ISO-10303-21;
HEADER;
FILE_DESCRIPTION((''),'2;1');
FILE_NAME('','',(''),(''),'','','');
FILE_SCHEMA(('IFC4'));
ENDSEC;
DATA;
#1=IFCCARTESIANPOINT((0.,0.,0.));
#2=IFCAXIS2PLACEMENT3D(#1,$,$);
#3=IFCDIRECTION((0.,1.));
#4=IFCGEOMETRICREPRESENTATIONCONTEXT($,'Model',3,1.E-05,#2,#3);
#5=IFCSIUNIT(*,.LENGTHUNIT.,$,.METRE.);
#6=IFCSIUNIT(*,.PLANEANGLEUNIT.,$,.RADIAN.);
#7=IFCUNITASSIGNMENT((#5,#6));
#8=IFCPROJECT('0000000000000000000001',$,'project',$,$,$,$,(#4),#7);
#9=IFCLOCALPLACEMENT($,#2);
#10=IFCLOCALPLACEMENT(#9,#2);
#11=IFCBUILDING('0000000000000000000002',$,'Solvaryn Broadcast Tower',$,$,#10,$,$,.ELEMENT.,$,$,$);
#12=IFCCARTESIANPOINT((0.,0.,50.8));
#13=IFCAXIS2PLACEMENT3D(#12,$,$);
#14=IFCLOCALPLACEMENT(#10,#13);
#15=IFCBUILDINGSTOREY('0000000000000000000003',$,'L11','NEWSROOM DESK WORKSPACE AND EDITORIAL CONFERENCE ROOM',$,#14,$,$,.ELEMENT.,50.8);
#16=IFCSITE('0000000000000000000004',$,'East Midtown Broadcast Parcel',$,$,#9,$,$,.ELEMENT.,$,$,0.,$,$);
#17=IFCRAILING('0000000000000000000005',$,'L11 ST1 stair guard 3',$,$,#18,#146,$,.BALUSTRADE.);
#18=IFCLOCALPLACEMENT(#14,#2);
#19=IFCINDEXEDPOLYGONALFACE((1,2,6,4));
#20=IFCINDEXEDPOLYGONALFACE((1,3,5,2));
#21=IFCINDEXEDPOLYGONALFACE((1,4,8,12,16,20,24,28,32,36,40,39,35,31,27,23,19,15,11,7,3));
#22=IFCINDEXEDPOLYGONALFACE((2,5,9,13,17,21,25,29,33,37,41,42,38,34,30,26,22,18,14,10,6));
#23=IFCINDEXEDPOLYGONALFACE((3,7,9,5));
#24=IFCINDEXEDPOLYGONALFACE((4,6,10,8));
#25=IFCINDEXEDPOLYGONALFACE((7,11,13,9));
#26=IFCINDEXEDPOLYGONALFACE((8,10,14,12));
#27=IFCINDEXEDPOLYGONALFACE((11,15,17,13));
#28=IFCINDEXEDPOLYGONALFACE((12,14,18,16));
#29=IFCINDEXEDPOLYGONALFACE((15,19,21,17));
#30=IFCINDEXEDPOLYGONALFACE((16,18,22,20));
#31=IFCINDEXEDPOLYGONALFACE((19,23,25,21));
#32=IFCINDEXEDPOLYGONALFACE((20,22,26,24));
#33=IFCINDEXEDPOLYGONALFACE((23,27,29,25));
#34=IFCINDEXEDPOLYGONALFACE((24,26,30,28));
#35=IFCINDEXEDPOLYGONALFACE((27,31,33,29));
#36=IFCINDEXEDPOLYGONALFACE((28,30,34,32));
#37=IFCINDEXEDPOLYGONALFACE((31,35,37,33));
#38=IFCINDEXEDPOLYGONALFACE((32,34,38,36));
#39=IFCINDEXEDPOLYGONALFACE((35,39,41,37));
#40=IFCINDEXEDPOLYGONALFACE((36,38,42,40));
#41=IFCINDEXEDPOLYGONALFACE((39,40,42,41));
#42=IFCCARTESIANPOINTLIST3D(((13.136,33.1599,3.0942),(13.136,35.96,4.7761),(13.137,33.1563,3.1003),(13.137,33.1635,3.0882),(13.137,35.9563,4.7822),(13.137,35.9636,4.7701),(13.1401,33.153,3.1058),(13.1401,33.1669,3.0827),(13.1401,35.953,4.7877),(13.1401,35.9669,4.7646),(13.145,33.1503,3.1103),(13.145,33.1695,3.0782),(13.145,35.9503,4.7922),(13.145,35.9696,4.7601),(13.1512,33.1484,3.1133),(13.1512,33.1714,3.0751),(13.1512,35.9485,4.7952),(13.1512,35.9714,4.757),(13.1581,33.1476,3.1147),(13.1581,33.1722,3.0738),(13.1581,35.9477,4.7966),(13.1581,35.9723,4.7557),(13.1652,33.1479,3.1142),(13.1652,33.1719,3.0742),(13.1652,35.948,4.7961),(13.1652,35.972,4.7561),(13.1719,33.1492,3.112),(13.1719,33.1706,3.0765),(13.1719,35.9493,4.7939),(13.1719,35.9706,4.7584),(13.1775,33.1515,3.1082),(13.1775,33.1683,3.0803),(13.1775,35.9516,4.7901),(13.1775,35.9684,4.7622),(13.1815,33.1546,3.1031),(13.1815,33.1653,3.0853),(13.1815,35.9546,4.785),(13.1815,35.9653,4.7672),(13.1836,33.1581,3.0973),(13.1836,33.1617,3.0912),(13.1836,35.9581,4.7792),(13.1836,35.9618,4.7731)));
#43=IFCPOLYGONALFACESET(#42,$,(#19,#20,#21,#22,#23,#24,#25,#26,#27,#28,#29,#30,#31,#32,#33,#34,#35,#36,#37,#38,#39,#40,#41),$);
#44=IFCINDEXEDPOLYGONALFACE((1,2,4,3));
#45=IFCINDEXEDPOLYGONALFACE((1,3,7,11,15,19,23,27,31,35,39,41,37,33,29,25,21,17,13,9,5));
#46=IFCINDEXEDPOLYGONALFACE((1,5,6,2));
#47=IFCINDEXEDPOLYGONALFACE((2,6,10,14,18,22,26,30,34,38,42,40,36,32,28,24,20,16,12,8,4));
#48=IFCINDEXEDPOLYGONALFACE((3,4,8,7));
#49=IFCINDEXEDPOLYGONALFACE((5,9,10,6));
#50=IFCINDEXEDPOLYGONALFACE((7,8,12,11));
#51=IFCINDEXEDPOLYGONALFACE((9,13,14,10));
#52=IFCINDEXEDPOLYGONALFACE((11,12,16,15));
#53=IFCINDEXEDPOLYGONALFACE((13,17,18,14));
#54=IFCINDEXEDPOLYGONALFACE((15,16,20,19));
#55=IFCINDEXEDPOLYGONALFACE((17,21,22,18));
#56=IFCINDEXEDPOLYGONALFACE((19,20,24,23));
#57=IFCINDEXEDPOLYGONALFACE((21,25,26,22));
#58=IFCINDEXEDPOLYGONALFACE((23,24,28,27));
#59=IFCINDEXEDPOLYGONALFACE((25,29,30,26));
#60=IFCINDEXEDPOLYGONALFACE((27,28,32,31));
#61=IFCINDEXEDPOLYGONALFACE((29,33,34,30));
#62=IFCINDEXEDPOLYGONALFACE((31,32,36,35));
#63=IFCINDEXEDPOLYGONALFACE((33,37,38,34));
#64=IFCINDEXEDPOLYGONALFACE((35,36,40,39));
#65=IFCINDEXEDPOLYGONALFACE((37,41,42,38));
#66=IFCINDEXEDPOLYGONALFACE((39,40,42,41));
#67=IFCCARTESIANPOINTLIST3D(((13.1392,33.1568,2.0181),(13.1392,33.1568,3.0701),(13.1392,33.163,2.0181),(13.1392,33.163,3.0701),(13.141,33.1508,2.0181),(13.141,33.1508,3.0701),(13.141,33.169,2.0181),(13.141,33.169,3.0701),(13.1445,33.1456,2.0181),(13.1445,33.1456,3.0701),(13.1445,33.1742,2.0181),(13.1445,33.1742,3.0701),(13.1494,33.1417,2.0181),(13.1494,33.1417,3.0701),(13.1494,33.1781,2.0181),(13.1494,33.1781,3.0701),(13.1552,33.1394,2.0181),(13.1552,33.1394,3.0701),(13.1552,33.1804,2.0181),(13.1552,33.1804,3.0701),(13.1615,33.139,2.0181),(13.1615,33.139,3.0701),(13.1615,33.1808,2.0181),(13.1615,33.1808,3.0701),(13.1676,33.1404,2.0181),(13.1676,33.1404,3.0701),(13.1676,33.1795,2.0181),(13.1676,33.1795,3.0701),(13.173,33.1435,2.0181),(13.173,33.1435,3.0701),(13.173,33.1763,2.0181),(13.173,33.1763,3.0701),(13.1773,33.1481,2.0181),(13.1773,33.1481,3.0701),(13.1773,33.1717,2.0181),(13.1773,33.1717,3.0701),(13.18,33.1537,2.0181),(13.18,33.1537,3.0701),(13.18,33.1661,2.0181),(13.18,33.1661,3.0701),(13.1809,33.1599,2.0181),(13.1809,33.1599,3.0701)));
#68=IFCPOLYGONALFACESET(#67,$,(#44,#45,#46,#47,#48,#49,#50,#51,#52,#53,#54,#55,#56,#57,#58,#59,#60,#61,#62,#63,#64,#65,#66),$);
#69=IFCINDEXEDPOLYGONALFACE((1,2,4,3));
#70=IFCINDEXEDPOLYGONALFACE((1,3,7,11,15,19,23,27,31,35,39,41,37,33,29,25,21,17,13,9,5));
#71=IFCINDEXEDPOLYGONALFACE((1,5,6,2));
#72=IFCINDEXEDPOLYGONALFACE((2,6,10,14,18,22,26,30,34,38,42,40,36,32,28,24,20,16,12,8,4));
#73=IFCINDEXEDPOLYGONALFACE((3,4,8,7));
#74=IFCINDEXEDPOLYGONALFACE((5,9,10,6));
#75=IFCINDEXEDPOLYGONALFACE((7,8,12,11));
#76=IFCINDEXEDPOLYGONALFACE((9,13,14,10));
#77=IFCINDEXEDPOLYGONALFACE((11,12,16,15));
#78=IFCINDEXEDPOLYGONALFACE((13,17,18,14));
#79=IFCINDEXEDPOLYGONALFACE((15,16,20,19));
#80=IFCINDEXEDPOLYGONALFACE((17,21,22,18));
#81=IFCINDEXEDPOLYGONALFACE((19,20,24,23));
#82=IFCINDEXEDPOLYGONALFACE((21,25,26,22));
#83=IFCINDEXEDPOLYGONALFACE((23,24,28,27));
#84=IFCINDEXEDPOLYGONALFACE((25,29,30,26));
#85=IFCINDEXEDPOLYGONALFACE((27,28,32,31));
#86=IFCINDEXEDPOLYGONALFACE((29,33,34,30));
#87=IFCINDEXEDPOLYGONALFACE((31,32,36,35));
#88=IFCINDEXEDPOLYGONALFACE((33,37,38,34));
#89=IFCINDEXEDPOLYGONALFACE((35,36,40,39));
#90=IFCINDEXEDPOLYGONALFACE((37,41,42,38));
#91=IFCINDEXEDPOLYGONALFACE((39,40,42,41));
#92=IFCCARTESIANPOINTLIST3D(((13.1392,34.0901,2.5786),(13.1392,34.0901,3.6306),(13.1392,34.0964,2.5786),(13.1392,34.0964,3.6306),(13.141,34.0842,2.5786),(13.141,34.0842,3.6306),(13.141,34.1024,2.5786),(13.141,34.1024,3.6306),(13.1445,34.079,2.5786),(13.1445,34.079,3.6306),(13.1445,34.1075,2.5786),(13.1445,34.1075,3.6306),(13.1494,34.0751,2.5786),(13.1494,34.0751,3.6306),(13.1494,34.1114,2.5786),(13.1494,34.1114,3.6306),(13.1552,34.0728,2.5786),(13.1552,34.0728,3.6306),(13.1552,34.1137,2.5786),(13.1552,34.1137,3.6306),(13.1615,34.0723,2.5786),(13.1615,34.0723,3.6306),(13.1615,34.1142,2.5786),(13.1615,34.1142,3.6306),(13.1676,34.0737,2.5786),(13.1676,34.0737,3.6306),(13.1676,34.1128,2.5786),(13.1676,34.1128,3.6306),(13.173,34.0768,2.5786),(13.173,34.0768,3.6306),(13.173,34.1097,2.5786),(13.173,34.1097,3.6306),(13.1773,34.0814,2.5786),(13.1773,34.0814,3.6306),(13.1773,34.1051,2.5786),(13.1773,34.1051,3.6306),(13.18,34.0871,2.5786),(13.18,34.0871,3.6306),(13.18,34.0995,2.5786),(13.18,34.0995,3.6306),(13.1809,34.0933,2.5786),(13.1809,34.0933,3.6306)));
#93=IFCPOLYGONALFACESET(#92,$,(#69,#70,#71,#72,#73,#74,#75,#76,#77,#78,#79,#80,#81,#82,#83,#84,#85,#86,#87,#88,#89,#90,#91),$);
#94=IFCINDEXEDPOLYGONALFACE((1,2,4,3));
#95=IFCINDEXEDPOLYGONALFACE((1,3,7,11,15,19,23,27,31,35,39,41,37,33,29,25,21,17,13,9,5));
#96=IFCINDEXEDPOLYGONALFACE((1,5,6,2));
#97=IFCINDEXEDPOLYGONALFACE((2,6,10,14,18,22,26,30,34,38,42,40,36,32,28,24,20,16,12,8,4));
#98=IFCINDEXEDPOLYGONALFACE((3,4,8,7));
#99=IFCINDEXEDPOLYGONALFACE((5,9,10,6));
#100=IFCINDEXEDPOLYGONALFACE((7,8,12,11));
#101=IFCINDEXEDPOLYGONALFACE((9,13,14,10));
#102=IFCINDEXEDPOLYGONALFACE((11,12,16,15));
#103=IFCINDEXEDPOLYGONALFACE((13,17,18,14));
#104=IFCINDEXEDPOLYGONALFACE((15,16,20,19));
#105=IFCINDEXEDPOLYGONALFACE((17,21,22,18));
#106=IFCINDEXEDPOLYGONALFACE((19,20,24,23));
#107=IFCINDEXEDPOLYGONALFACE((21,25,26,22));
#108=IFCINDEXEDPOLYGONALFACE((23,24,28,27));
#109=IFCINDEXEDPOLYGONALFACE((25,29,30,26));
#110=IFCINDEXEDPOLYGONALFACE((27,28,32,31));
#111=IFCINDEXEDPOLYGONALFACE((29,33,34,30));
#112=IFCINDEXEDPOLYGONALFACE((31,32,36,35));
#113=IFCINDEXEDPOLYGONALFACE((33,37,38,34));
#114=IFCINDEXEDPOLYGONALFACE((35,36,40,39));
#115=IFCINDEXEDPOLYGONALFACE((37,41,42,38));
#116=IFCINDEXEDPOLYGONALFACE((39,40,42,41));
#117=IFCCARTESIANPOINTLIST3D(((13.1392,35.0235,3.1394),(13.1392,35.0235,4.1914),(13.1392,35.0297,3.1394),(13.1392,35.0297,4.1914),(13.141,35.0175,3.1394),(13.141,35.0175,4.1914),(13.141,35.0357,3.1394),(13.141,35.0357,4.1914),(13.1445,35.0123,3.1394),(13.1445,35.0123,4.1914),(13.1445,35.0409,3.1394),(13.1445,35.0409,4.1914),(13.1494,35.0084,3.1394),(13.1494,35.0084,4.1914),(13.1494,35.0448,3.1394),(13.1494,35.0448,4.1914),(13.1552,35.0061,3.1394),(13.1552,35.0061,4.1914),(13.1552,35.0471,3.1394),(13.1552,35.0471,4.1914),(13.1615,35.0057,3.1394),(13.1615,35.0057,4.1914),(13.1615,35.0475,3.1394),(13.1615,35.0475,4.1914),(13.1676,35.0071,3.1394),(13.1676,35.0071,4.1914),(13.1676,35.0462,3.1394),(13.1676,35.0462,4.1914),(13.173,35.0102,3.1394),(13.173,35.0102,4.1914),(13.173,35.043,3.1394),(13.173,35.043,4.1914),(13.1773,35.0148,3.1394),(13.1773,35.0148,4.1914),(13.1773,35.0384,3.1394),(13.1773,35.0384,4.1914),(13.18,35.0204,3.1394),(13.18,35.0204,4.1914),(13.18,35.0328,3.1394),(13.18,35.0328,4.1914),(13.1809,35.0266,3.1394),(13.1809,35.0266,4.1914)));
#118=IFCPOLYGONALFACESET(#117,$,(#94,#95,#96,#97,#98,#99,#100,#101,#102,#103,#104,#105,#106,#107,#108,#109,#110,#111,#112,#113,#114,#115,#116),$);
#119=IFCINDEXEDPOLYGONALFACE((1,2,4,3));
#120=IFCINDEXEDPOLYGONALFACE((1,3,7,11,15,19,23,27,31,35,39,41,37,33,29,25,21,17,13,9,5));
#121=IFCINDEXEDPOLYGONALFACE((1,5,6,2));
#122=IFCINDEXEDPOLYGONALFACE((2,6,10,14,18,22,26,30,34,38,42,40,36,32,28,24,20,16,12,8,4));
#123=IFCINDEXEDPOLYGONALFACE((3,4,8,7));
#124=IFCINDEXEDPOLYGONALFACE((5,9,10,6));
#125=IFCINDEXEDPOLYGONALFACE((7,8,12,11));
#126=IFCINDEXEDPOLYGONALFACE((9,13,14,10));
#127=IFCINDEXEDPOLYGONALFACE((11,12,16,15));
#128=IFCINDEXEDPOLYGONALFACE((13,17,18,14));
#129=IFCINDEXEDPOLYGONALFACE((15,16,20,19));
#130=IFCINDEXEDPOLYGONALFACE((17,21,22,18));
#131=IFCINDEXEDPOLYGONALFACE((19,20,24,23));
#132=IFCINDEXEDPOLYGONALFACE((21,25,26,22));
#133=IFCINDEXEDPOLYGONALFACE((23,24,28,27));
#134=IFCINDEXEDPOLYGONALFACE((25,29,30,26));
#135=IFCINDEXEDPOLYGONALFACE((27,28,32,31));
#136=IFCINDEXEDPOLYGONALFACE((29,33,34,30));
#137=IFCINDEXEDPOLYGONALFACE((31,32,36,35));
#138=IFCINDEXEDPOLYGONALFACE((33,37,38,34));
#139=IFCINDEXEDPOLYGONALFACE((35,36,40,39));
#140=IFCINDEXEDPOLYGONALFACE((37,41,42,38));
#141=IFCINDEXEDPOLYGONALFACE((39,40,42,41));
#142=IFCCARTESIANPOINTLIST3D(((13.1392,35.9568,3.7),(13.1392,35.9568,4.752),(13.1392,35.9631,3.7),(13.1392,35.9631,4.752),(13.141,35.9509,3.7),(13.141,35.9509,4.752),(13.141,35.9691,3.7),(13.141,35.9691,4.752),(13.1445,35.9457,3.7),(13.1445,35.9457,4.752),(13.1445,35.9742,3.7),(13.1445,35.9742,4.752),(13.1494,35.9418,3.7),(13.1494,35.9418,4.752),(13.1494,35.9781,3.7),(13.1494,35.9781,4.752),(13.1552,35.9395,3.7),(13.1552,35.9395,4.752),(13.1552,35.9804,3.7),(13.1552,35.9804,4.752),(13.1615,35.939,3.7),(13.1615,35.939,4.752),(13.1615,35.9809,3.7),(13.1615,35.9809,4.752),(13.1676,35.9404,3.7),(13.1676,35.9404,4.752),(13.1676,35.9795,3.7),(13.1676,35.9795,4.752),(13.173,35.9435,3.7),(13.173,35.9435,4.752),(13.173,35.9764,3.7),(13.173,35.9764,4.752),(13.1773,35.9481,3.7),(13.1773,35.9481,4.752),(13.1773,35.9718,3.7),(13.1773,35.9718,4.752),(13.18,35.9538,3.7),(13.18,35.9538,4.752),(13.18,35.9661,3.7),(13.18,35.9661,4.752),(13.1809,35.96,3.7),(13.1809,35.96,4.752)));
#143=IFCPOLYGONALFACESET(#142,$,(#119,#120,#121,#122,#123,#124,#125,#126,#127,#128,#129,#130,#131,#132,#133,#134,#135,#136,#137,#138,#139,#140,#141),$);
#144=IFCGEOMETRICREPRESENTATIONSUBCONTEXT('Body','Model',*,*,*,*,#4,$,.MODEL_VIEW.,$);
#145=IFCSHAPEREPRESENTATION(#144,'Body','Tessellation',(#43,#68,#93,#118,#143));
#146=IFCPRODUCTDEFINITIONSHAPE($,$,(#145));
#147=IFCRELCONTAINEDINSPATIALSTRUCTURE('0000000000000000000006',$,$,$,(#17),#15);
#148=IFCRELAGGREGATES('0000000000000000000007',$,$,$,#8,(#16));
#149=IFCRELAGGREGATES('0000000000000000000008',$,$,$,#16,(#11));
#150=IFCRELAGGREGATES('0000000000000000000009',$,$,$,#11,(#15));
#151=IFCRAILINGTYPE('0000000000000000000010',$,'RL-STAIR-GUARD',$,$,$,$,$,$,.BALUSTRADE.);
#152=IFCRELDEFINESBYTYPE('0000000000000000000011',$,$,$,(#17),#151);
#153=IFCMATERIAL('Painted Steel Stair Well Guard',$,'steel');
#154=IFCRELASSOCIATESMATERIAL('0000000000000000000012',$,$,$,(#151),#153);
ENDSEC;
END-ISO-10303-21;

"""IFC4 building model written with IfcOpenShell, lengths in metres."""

from ifc_helpers import new_model, si_unit, direction, frame, origin, origin_2d, place, context, subcontext, project, spatial, circle, extrude, material, type_object, element, save


model = new_model("IFC4")

# Units and contexts
model_context = context("Model", 3, precision=1e-05, world=origin(), true_north=direction((0.0, 1.0)))
body_context = subcontext(model_context, "Body", "Model", "MODEL_VIEW")
ifc_project = project(units=[si_unit("LENGTHUNIT", "METRE"), si_unit("PLANEANGLEUNIT", "RADIAN")], contexts=[model_context])

# Site, building, storey
site_placement = place(None, origin())
site = spatial("IfcSite", under=ifc_project, at=site_placement, Name="East Midtown Broadcast Parcel", CompositionType="ELEMENT", RefElevation=0.0)
building_placement = place(site_placement, origin())
building = spatial("IfcBuilding", under=site, at=building_placement, Name="Solvaryn Broadcast Tower", CompositionType="ELEMENT")
storey_placement = place(building_placement, frame((0.0, 0.0, 50.8)))
storey = spatial("IfcBuildingStorey", under=building, at=storey_placement, Name="L11", Description="NEWSROOM DESK WORKSPACE AND EDITORIAL CONFERENCE ROOM", CompositionType="ELEMENT", Elevation=50.8)

# Railing
ifc_material_1 = material(Name="Painted Steel Stair Well Guard", Category="steel")
railing_type_1 = type_object("IfcRailingType", Name="RL-STAIR-GUARD", PredefinedType="BALUSTRADE", material=ifc_material_1)
railing_1_placement = place(storey_placement, frame((13.1599, 33.1599, 2.0181)))
element("IfcRailing", 1, at=railing_1_placement, inside=storey, type_object=railing_type_1, Name="L11 ST1 stair guard 3", PredefinedType="BALUSTRADE", context=body_context, shape_type="SweptSolid", body=[
    extrude(circle(Radius=0.0239, at=origin_2d()), frame((0.0, 0.0, 1.0762), z_axis=(0.0, 0.857242, 0.514913), x_axis=(-1.0, 0.0, 0.0)), (0.0, 0.0, 1.0), 3.2664),
    extrude(circle(Radius=0.021, at=origin_2d()), origin(), (0.0, 0.0, 1.0), 1.052),
    extrude(circle(Radius=0.021, at=origin_2d()), frame((0.0, 0.9333, 0.5605)), (0.0, 0.0, 1.0), 1.052),
    extrude(circle(Radius=0.021, at=origin_2d()), frame((0.0, 1.8667, 1.1213)), (0.0, 0.0, 1.0), 1.052),
    extrude(circle(Radius=0.021, at=origin_2d()), frame((0.0, 2.8, 1.6819)), (0.0, 0.0, 1.0), 1.052),
])

save(model, "model.ifc")
